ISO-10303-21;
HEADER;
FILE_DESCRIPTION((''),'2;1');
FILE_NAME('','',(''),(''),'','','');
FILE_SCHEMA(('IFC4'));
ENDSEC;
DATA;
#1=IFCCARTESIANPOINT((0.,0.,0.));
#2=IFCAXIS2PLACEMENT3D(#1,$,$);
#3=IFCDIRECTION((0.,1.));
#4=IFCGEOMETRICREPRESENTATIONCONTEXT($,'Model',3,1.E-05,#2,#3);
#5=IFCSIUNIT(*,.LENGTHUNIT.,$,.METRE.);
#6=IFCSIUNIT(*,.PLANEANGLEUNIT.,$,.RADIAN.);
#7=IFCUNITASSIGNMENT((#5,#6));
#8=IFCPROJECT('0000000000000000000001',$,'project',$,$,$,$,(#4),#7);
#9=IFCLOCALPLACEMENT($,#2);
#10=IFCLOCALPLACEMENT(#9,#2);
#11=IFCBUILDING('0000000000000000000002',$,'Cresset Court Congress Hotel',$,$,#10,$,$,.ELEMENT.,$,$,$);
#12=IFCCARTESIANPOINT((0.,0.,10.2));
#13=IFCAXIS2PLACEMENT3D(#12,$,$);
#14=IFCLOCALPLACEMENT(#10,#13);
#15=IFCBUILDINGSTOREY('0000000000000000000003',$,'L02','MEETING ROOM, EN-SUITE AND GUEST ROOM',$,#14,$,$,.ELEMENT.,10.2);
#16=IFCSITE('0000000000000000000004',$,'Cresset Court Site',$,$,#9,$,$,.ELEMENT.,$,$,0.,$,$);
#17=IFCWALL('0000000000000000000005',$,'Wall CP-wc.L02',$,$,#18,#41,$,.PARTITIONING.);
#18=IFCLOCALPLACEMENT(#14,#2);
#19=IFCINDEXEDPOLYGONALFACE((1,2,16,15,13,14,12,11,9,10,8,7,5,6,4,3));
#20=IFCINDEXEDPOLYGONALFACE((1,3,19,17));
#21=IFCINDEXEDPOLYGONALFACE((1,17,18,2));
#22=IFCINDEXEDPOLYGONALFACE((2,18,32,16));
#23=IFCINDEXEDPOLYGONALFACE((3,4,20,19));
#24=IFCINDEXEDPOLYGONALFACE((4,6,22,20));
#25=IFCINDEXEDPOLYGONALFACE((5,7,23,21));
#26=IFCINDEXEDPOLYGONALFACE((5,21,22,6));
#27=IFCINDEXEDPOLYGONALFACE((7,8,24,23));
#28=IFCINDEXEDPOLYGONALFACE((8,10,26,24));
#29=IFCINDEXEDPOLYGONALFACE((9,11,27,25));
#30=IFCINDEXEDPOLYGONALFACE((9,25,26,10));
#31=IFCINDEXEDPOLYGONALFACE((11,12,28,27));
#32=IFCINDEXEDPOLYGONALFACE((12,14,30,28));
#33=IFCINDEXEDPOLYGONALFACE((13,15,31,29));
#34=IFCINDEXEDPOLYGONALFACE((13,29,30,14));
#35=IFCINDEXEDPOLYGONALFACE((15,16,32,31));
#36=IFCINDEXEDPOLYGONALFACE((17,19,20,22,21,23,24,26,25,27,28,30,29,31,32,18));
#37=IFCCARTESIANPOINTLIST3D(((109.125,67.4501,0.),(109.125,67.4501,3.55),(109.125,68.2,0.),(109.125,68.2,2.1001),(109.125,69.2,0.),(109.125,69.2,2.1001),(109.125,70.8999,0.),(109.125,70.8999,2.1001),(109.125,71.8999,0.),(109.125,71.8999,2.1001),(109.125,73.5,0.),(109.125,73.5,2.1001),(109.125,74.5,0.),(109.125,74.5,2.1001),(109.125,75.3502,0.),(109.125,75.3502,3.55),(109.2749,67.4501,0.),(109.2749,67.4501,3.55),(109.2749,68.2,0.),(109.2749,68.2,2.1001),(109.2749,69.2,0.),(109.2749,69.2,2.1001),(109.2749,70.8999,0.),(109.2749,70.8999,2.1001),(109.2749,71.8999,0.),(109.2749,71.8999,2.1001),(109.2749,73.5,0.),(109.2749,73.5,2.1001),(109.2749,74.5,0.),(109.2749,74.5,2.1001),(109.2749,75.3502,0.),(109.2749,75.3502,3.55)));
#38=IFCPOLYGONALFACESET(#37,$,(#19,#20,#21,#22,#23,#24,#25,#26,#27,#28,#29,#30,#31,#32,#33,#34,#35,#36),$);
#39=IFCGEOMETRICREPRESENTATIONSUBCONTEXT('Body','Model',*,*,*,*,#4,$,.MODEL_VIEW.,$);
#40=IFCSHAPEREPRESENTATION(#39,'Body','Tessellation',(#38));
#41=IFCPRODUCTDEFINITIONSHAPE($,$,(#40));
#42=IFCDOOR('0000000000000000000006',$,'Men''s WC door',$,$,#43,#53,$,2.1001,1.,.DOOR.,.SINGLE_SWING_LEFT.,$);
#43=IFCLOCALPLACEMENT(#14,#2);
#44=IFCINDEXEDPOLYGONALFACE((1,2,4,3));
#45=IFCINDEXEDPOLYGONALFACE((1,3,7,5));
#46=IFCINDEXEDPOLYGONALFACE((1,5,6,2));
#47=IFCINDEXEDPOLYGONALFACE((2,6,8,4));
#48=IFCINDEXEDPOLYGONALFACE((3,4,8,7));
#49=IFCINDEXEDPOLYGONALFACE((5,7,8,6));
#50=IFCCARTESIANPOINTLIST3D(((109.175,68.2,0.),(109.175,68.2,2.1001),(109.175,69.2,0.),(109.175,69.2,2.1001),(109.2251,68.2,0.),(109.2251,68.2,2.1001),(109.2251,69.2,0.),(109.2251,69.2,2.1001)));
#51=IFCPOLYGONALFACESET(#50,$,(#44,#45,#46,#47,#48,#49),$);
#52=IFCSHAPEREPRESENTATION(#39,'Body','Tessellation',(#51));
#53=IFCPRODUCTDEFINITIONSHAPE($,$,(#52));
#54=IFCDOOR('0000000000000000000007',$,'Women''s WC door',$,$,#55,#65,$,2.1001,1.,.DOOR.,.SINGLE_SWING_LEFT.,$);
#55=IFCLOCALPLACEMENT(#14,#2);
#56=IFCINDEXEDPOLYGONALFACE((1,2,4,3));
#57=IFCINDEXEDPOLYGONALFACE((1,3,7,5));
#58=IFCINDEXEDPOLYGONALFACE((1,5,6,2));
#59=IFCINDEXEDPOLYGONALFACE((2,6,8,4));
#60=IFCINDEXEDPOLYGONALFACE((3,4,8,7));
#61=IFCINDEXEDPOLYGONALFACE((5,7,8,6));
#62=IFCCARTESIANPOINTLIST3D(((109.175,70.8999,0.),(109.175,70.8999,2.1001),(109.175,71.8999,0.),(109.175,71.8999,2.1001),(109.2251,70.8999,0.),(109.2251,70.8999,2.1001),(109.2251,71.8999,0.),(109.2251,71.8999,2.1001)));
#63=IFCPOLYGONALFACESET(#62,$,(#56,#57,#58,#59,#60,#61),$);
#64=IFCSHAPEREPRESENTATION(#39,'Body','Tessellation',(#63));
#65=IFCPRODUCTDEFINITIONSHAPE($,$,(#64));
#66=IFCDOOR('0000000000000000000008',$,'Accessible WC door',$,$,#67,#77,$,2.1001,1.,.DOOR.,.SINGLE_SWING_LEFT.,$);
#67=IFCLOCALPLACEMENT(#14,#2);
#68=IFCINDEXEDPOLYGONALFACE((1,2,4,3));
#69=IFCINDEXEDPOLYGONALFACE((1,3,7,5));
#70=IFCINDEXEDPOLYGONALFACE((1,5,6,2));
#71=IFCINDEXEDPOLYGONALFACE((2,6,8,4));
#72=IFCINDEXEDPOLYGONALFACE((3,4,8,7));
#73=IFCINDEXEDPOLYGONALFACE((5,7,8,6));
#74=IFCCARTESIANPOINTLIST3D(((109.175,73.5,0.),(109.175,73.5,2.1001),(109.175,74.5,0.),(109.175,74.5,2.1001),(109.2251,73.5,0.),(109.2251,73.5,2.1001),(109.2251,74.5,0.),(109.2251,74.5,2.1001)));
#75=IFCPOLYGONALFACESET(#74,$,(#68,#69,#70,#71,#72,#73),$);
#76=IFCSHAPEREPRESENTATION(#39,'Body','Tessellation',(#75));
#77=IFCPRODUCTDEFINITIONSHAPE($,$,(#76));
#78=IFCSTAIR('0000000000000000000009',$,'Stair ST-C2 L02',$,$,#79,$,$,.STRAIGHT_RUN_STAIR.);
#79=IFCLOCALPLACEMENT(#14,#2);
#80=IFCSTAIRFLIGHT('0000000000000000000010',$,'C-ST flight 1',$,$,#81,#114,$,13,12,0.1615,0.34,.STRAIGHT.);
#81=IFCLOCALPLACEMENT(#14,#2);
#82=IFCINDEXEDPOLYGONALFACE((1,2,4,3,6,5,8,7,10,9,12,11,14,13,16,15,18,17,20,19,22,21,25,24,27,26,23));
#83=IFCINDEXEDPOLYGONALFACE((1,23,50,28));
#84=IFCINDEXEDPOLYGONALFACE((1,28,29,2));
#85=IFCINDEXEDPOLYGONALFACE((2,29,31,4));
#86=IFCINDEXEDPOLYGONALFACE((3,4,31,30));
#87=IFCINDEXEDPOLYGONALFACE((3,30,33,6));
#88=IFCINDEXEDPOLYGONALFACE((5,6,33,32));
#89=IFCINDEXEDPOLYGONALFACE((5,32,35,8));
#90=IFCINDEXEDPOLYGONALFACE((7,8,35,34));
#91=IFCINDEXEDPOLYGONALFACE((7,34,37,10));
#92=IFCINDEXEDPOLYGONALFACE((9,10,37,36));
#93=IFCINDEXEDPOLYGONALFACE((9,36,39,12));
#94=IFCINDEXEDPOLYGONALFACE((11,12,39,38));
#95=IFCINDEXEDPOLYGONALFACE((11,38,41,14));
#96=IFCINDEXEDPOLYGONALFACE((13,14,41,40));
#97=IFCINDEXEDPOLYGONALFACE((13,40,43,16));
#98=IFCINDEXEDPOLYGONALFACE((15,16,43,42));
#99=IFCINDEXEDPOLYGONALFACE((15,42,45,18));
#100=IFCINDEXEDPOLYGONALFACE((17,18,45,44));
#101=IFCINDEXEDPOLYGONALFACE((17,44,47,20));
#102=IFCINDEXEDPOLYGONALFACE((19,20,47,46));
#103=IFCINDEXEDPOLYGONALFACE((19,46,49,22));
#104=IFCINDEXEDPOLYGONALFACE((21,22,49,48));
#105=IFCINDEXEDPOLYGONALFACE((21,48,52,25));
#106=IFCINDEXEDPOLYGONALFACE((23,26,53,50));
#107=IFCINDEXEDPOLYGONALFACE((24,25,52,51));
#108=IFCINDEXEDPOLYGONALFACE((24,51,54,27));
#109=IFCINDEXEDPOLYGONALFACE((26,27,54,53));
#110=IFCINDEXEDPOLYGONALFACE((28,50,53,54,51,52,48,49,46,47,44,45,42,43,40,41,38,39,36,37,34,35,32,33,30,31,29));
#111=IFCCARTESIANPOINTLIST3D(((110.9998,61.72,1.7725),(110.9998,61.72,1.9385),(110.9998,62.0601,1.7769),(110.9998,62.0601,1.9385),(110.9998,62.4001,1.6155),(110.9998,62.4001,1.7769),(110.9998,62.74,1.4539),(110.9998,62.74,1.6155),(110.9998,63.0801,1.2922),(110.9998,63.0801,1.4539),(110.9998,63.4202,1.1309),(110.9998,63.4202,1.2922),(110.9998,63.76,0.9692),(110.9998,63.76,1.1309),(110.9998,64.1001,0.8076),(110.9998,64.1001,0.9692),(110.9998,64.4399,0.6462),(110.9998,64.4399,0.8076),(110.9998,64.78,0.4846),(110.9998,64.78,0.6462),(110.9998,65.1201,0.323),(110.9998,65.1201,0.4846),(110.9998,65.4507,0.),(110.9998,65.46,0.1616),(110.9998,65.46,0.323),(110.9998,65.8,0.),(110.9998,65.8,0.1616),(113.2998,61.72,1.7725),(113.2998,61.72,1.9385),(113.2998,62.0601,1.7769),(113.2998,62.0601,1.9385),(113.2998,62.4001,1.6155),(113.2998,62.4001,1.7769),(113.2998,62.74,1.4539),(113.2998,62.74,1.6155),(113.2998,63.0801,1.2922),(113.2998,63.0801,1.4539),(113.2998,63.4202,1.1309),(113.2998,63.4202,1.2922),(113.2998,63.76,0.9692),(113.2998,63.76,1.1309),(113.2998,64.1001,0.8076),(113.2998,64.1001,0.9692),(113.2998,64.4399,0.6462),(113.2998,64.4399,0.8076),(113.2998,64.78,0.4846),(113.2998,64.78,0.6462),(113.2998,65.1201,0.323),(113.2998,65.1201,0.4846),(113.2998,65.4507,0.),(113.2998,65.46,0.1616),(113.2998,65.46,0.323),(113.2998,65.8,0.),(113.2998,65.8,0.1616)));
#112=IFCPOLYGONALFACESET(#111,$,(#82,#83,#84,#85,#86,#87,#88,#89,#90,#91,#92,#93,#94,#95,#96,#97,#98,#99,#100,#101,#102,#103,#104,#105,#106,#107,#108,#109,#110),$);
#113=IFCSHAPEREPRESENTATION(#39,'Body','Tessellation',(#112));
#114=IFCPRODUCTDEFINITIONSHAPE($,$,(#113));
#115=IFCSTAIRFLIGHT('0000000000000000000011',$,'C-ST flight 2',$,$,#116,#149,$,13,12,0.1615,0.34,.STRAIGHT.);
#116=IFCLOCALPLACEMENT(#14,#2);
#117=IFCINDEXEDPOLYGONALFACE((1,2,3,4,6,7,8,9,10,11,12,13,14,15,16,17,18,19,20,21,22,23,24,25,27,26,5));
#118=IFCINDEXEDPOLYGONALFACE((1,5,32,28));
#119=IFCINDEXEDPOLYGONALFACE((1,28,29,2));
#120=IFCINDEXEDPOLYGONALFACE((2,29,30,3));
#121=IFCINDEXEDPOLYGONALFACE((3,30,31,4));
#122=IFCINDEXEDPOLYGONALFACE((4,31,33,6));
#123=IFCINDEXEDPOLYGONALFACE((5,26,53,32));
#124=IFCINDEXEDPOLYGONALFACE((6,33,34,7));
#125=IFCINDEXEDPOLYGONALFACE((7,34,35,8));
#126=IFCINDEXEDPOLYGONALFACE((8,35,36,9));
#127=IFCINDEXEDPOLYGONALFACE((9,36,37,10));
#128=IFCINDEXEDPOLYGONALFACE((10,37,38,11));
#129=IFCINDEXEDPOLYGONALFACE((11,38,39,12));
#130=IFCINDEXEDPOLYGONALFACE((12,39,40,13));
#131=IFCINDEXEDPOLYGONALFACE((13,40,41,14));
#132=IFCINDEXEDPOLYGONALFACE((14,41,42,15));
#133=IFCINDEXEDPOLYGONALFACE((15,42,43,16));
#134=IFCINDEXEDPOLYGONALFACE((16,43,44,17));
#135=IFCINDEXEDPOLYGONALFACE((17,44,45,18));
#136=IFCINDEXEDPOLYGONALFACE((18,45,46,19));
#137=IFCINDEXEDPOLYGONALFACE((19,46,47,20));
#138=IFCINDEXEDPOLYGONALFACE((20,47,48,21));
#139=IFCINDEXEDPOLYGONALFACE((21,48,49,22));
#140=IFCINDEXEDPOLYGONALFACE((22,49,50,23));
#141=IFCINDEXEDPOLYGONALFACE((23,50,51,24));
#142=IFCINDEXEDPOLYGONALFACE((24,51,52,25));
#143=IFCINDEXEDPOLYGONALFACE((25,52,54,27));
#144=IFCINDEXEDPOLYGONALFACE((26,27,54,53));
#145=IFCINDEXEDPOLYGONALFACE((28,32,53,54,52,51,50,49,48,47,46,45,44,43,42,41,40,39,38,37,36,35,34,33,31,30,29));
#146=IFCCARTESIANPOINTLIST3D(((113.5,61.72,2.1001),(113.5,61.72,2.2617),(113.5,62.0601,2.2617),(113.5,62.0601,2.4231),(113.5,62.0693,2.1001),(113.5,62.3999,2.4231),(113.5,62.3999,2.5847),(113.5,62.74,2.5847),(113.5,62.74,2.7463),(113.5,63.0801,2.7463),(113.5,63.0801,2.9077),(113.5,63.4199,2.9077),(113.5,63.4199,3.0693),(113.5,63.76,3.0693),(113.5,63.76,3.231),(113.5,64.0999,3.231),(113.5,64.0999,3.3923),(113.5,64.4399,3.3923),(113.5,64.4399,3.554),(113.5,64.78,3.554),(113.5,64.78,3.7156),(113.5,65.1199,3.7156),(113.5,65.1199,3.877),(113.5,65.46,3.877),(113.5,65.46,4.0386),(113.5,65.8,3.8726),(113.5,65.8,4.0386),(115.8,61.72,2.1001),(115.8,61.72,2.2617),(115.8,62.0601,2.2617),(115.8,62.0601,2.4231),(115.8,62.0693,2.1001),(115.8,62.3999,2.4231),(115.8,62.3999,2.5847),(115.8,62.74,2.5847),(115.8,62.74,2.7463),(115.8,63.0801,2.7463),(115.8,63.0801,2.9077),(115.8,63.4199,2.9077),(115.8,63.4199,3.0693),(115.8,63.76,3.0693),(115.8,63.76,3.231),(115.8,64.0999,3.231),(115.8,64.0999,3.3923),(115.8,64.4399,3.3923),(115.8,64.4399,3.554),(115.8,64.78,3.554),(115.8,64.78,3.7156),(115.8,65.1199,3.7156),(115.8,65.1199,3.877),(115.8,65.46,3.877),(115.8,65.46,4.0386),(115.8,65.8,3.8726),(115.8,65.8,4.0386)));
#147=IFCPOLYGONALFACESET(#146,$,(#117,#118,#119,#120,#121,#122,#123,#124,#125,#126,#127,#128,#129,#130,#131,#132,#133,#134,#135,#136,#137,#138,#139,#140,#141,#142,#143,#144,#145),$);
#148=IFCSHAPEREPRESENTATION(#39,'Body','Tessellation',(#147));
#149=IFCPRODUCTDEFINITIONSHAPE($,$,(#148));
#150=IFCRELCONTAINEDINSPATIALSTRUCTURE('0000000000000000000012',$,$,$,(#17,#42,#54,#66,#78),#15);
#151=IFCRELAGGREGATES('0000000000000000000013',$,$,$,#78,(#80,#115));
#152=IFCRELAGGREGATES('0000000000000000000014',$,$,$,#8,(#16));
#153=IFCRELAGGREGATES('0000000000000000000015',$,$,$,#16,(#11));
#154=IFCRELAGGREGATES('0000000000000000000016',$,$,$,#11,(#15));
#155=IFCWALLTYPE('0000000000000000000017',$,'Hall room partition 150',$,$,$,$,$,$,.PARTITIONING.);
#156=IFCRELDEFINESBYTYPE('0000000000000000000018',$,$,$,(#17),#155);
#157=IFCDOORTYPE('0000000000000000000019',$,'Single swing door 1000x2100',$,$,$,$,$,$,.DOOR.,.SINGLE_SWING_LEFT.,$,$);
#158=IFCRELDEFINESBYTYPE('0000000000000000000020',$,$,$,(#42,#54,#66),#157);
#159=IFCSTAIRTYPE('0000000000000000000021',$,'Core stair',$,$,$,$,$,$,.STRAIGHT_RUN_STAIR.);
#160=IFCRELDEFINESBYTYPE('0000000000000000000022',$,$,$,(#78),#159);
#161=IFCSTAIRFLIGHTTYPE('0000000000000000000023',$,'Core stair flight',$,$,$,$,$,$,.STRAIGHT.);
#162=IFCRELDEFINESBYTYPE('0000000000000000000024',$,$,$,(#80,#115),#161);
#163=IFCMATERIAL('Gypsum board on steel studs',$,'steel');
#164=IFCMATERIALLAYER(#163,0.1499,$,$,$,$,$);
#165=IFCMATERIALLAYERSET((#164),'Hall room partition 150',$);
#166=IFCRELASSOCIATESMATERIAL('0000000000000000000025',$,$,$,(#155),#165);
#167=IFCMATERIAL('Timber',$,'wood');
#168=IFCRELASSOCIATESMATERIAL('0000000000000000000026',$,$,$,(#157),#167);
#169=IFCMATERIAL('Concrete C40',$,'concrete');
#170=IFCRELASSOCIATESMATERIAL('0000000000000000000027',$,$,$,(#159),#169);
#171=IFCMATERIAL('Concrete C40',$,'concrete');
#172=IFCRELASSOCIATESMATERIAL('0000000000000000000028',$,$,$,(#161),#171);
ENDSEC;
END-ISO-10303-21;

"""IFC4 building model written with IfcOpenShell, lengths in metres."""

from ifc_helpers import new_model, si_unit, direction, frame, frame_2d, origin, place, context, subcontext, project, spatial, polyline, rectangle, outline, extrude, material, layer, layer_set, type_object, element, fill, aggregate, save


model = new_model("IFC4")

# Units and contexts
model_context = context("Model", 3, precision=1e-05, world=origin(), true_north=direction((0.0, 1.0)))
body_context = subcontext(model_context, "Body", "Model", "MODEL_VIEW")
ifc_project = project(units=[si_unit("LENGTHUNIT", "METRE"), si_unit("PLANEANGLEUNIT", "RADIAN")], contexts=[model_context])

# Site, building, storey
site_placement = place(None, origin())
site = spatial("IfcSite", under=ifc_project, at=site_placement, Name="Cresset Court Site", CompositionType="ELEMENT", RefElevation=0.0)
building_placement = place(site_placement, origin())
building = spatial("IfcBuilding", under=site, at=building_placement, Name="Cresset Court Congress Hotel", CompositionType="ELEMENT")
storey_placement = place(building_placement, frame((0.0, 0.0, 10.2)))
storey = spatial("IfcBuildingStorey", under=building, at=storey_placement, Name="L02", Description="MEETING ROOM, EN-SUITE AND GUEST ROOM", CompositionType="ELEMENT", Elevation=10.2)

# Wall, openings, doors
ifc_material_1 = material(Name="Gypsum board on steel studs", Category="steel")
ifc_layer_1 = layer(ifc_material_1, 0.1499)
ifc_layer_set_1 = layer_set([ifc_layer_1], Name="Hall room partition 150")
wall_type_1 = type_object("IfcWallType", Name="Hall room partition 150", PredefinedType="PARTITIONING", material=ifc_layer_set_1)
wall_1_placement = place(storey_placement, frame((109.2, 67.45, 0.0), z_axis=(0.0, 0.0, 1.0), x_axis=(0.0, 1.0, 0.0)))
wall_1 = element("IfcWall", 1, at=wall_1_placement, inside=storey, type_object=wall_type_1, Name="Wall CP-wc.L02", PredefinedType="PARTITIONING", context=body_context, shape_type="SweptSolid", body=[
    extrude(rectangle(XDim=7.9001, YDim=0.1499, at=frame_2d((3.9502, 0.0))), origin(), (0.0, 0.0, 1.0), 3.55),
])
opening_1_placement = place(wall_1_placement, frame((0.75, 0.0, 0.0)))
opening_1 = element("IfcOpeningElement", 2, at=opening_1_placement, cuts=wall_1, PredefinedType="OPENING", context=body_context, shape_type="SweptSolid", body=[
    extrude(rectangle(XDim=1.0, YDim=2.1001, at=frame_2d((0.5, 1.05))), frame((0.0, 0.085, 0.0), z_axis=(0.0, -1.0, 0.0), x_axis=(1.0, 0.0, 0.0)), (0.0, 0.0, 1.0), 0.1699),
])
opening_2_placement = place(wall_1_placement, frame((3.45, 0.0, 0.0)))
opening_2 = element("IfcOpeningElement", 3, at=opening_2_placement, cuts=wall_1, PredefinedType="OPENING", context=body_context, shape_type="SweptSolid", body=[
    extrude(rectangle(XDim=1.0, YDim=2.1001, at=frame_2d((0.5, 1.05))), frame((0.0, 0.085, 0.0), z_axis=(0.0, -1.0, 0.0), x_axis=(1.0, 0.0, 0.0)), (0.0, 0.0, 1.0), 0.1699),
])
opening_3_placement = place(wall_1_placement, frame((6.05, 0.0, 0.0)))
opening_3 = element("IfcOpeningElement", 4, at=opening_3_placement, cuts=wall_1, PredefinedType="OPENING", context=body_context, shape_type="SweptSolid", body=[
    extrude(rectangle(XDim=1.0, YDim=2.1001, at=frame_2d((0.5, 1.05))), frame((0.0, 0.085, 0.0), z_axis=(0.0, -1.0, 0.0), x_axis=(1.0, 0.0, 0.0)), (0.0, 0.0, 1.0), 0.1699),
])
ifc_material_2 = material(Name="Timber", Category="wood")
door_type_1 = type_object("IfcDoorType", Name="Single swing door 1000x2100", OperationType="SINGLE_SWING_LEFT", PredefinedType="DOOR", material=ifc_material_2)
door_1_placement = place(opening_1_placement, origin())
door_1 = element("IfcDoor", 5, at=door_1_placement, inside=storey, type_object=door_type_1, Name="Men's WC door", OperationType="SINGLE_SWING_LEFT", OverallHeight=2.1001, OverallWidth=1.0, PredefinedType="DOOR", context=body_context, shape_type="SweptSolid", body=[
    extrude(rectangle(XDim=1.0, YDim=2.1001, at=frame_2d((0.5, 1.05))), frame((0.0, 0.0249, 0.0), z_axis=(0.0, -1.0, 0.0), x_axis=(1.0, 0.0, 0.0)), (0.0, 0.0, 1.0), 0.05),
])
fill(opening_1, door_1)
door_2_placement = place(opening_2_placement, origin())
door_2 = element("IfcDoor", 6, at=door_2_placement, inside=storey, type_object=door_type_1, Name="Women's WC door", OperationType="SINGLE_SWING_LEFT", OverallHeight=2.1001, OverallWidth=1.0, PredefinedType="DOOR", context=body_context, shape_type="SweptSolid", body=[
    extrude(rectangle(XDim=1.0, YDim=2.1001, at=frame_2d((0.5, 1.05))), frame((0.0, 0.0249, 0.0), z_axis=(0.0, -1.0, 0.0), x_axis=(1.0, 0.0, 0.0)), (0.0, 0.0, 1.0), 0.05),
])
fill(opening_2, door_2)
door_3_placement = place(opening_3_placement, origin())
door_3 = element("IfcDoor", 7, at=door_3_placement, inside=storey, type_object=door_type_1, Name="Accessible WC door", OperationType="SINGLE_SWING_LEFT", OverallHeight=2.1001, OverallWidth=1.0, PredefinedType="DOOR", context=body_context, shape_type="SweptSolid", body=[
    extrude(rectangle(XDim=1.0, YDim=2.1001, at=frame_2d((0.5, 1.05))), frame((0.0, 0.0249, 0.0), z_axis=(0.0, -1.0, 0.0), x_axis=(1.0, 0.0, 0.0)), (0.0, 0.0, 1.0), 0.05),
])
fill(opening_3, door_3)

# Stair, stair flights
ifc_material_3 = material(Name="Concrete C40", Category="concrete")
stair_type = type_object("IfcStairType", Name="Core stair", PredefinedType="STRAIGHT_RUN_STAIR", material=ifc_material_3)
stair_placement = place(storey_placement, origin())
stair = element("IfcStair", 8, at=stair_placement, inside=storey, type_object=stair_type, Name="Stair ST-C2 L02", PredefinedType="STRAIGHT_RUN_STAIR")
ifc_material_4 = material(Name="Concrete C40", Category="concrete")
stair_flight_type = type_object("IfcStairFlightType", Name="Core stair flight", PredefinedType="STRAIGHT", material=ifc_material_4)
stair_flight_1_placement = place(storey_placement, frame((112.1499, 65.8, 0.0), z_axis=(0.0, 0.0, 1.0), x_axis=(0.0, -1.0, 0.0)))
stair_flight_1 = element("IfcStairFlight", 9, at=stair_flight_1_placement, type_object=stair_flight_type, Name="C-ST flight 1", NumberOfRisers=13, NumberOfTreads=12, PredefinedType="STRAIGHT", RiserHeight=0.1615, TreadLength=0.34, context=body_context, shape_type="SweptSolid", body=[
    extrude(outline(polyline([(0.0, 0.0), (0.0, 0.1616), (0.3401, 0.1616), (0.3401, 0.323), (0.6799, 0.323), (0.6799, 0.4846), (1.02, 0.4846), (1.02, 0.6462), (1.3601, 0.6462), (1.3601, 0.8076), (1.7, 0.8076), (1.7, 0.9692), (2.04, 0.9692), (2.04, 1.1309), (2.3799, 1.1309), (2.3799, 1.2922), (2.72, 1.2922), (2.72, 1.4539), (3.0601, 1.4539), (3.0601, 1.6155), (3.3999, 1.6155), (3.3999, 1.7769), (3.74, 1.7769), (3.74, 1.9385), (4.0801, 1.9385), (4.0801, 2.1001), (4.0801, 1.7725), (0.3494, 0.0), (0.0, 0.0)])), frame((0.0, 1.1499, 0.0), z_axis=(0.0, -1.0, 0.0), x_axis=(1.0, 0.0, 0.0)), (0.0, 0.0, 1.0), 2.3),
])
stair_flight_2_placement = place(storey_placement, frame((114.6499, 61.72, 2.1001), z_axis=(0.0, 0.0, 1.0), x_axis=(0.0, 1.0, 0.0)))
stair_flight_2 = element("IfcStairFlight", 10, at=stair_flight_2_placement, type_object=stair_flight_type, Name="C-ST flight 2", NumberOfRisers=13, NumberOfTreads=12, PredefinedType="STRAIGHT", RiserHeight=0.1615, TreadLength=0.34, context=body_context, shape_type="SweptSolid", body=[
    extrude(outline(polyline([(0.0, 0.0), (0.0, 0.1616), (0.3401, 0.1616), (0.3401, 0.323), (0.6799, 0.323), (0.6799, 0.4846), (1.02, 0.4846), (1.02, 0.6462), (1.3601, 0.6462), (1.3601, 0.8076), (1.7, 0.8076), (1.7, 0.9692), (2.04, 0.9692), (2.04, 1.1309), (2.3799, 1.1309), (2.3799, 1.2922), (2.72, 1.2922), (2.72, 1.4539), (3.0601, 1.4539), (3.0601, 1.6155), (3.3999, 1.6155), (3.3999, 1.7769), (3.74, 1.7769), (3.74, 1.9385), (4.0801, 1.9385), (4.0801, 2.1001), (4.0801, 1.7725), (0.3494, 0.0), (0.0, 0.0)])), frame((0.0, 1.1499, 0.0), z_axis=(0.0, -1.0, 0.0), x_axis=(1.0, 0.0, 0.0)), (0.0, 0.0, 1.0), 2.3),
])
aggregate(stair, [stair_flight_1, stair_flight_2])

save(model, "model.ifc")
